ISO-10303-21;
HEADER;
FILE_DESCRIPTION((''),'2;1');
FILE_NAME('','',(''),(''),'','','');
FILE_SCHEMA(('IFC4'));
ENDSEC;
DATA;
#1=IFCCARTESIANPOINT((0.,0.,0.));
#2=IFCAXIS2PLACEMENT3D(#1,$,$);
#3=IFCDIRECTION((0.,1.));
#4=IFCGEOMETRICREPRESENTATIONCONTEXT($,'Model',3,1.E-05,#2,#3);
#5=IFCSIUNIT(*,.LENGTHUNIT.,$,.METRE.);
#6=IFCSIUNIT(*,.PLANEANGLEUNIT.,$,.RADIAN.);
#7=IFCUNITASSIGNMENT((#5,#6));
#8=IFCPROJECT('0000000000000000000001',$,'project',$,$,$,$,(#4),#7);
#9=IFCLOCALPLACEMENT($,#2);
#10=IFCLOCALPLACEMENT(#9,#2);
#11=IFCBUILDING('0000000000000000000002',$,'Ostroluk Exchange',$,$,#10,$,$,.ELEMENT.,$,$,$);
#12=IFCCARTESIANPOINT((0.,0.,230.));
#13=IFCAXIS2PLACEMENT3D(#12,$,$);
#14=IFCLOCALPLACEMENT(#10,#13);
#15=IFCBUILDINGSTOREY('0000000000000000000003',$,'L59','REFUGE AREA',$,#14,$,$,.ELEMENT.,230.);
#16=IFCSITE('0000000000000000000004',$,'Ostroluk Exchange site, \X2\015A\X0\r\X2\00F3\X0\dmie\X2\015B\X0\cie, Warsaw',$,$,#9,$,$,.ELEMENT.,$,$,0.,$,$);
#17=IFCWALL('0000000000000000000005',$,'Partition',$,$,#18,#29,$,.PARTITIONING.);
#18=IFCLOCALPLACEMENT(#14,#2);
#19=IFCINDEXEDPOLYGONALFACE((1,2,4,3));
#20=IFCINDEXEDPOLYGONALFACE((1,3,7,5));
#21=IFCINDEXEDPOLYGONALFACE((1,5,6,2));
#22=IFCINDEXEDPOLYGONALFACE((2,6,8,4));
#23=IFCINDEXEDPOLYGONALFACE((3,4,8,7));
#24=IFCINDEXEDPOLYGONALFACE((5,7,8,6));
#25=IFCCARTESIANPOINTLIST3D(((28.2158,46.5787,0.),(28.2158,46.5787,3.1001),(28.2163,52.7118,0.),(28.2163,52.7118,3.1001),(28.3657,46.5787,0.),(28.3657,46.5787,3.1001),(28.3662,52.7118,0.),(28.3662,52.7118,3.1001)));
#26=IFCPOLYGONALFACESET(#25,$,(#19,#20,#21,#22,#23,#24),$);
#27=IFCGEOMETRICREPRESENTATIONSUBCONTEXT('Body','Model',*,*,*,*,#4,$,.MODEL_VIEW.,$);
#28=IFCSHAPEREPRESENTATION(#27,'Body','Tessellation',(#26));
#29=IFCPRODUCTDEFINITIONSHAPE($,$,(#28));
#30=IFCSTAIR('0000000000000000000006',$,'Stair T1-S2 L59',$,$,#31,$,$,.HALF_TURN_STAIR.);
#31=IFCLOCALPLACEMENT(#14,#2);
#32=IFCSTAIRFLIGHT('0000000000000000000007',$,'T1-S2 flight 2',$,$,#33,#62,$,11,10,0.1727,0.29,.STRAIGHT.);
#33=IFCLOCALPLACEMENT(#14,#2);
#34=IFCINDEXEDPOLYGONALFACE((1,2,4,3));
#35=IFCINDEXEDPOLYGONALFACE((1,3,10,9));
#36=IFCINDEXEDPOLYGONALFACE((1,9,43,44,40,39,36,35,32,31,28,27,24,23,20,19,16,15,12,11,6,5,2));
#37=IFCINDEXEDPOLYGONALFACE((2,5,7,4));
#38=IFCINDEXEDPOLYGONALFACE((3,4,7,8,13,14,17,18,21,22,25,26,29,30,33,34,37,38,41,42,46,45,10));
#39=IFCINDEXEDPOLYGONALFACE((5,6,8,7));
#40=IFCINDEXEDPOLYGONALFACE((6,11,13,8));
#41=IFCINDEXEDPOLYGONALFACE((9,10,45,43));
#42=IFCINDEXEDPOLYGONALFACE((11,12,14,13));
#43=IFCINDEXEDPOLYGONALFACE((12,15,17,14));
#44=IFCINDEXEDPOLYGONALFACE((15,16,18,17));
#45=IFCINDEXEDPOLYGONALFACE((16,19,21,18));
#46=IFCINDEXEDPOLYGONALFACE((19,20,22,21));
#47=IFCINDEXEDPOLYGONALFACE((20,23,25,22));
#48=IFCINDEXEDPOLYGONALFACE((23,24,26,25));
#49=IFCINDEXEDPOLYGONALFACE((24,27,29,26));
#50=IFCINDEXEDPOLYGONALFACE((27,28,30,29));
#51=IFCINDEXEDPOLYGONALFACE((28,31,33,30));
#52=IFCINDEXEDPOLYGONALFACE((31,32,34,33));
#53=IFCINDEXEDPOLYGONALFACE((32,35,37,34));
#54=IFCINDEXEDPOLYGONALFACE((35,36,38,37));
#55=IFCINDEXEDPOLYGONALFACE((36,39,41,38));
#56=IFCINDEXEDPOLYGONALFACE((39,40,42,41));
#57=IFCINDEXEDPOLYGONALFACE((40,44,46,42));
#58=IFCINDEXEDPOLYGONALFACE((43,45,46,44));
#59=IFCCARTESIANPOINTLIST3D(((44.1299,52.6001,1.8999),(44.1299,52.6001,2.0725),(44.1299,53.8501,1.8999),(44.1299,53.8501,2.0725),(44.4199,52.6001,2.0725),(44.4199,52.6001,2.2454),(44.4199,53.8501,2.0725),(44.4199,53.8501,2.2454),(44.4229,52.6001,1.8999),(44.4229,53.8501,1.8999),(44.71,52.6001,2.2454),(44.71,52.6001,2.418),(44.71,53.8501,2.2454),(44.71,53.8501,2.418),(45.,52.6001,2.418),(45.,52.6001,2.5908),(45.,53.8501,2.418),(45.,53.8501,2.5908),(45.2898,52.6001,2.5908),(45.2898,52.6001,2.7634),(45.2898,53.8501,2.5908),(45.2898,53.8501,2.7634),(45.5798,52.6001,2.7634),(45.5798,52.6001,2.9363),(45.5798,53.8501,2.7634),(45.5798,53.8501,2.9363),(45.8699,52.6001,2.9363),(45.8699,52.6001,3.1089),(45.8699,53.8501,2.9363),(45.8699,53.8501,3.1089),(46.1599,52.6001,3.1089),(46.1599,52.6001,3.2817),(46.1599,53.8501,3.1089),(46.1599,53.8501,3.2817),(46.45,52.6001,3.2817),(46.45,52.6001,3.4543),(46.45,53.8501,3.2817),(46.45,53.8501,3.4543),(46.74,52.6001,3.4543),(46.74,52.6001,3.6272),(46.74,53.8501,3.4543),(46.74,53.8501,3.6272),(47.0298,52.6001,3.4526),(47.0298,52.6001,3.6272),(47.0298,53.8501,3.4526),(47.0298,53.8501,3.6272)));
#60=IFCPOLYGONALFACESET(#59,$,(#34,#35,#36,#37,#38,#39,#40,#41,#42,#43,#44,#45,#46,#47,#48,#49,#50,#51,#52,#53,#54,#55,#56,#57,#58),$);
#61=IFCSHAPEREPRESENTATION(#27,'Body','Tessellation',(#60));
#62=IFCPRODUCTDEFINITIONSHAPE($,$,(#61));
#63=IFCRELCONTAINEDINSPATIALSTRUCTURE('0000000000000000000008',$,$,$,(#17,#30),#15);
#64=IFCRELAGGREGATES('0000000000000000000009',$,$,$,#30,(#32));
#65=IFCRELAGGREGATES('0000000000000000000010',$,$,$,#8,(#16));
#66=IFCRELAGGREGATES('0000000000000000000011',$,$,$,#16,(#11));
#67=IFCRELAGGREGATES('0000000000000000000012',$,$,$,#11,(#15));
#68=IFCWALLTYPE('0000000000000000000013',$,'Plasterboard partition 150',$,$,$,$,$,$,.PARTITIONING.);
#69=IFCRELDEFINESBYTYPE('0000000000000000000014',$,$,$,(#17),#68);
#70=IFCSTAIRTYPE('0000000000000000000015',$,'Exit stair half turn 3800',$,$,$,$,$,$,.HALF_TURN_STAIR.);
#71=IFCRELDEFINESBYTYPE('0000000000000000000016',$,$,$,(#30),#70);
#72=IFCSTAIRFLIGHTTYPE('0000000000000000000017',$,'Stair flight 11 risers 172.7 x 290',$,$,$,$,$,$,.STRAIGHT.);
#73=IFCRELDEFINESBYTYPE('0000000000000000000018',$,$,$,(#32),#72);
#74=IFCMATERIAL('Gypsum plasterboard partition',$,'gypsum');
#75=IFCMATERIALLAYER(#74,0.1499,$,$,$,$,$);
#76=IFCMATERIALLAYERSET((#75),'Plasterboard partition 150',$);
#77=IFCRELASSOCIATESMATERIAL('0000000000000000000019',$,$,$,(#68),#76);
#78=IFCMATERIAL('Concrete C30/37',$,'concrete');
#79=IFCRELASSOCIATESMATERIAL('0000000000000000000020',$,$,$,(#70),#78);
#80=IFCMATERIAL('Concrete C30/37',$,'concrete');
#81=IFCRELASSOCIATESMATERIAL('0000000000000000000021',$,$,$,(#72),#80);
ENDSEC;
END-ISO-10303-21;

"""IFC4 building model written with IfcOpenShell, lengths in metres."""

from ifc_helpers import new_model, si_unit, direction, frame, frame_2d, origin, place, context, subcontext, project, spatial, polyline, rectangle, outline, extrude, material, layer, layer_set, type_object, element, aggregate, save


model = new_model("IFC4")

# Units and contexts
model_context = context("Model", 3, precision=1e-05, world=origin(), true_north=direction((0.0, 1.0)))
body_context = subcontext(model_context, "Body", "Model", "MODEL_VIEW")
ifc_project = project(units=[si_unit("LENGTHUNIT", "METRE"), si_unit("PLANEANGLEUNIT", "RADIAN")], contexts=[model_context])

# Site, building, storey
site_placement = place(None, origin())
site = spatial("IfcSite", under=ifc_project, at=site_placement, Name="Ostroluk Exchange site, Śródmieście, Warsaw", CompositionType="ELEMENT", RefElevation=0.0)
building_placement = place(site_placement, origin())
building = spatial("IfcBuilding", under=site, at=building_placement, Name="Ostroluk Exchange", CompositionType="ELEMENT")
storey_placement = place(building_placement, frame((0.0, 0.0, 230.0)))
storey = spatial("IfcBuildingStorey", under=building, at=storey_placement, Name="L59", Description="REFUGE AREA", CompositionType="ELEMENT", Elevation=230.0)

# Wall
ifc_material_1 = material(Name="Gypsum plasterboard partition", Category="gypsum")
ifc_layer_1 = layer(ifc_material_1, 0.1499)
ifc_layer_set_1 = layer_set([ifc_layer_1], Name="Plasterboard partition 150")
wall_type_1 = type_object("IfcWallType", Name="Plasterboard partition 150", PredefinedType="PARTITIONING", material=ifc_layer_set_1)
wall_1_placement = place(storey_placement, frame((28.2913, 52.7117, 0.0), z_axis=(0.0, 0.0, 1.0), x_axis=(-0.00008, -1.0, 0.0)))
element("IfcWall", 1, at=wall_1_placement, inside=storey, type_object=wall_type_1, Name="Partition", PredefinedType="PARTITIONING", context=body_context, shape_type="SweptSolid", body=[
    extrude(rectangle(XDim=6.1331, YDim=0.1499, at=frame_2d((3.0664, 0.0))), origin(), (0.0, 0.0, 1.0), 3.1001),
])

# Stair, stair flight
ifc_material_2 = material(Name="Concrete C30/37", Category="concrete")
stair_type = type_object("IfcStairType", Name="Exit stair half turn 3800", PredefinedType="HALF_TURN_STAIR", material=ifc_material_2)
stair_placement = place(storey_placement, origin())
stair = element("IfcStair", 2, at=stair_placement, inside=storey, type_object=stair_type, Name="Stair T1-S2 L59", PredefinedType="HALF_TURN_STAIR")
ifc_material_3 = material(Name="Concrete C30/37", Category="concrete")
stair_flight_type = type_object("IfcStairFlightType", Name="Stair flight 11 risers 172.7 x 290", PredefinedType="STRAIGHT", material=ifc_material_3)
stair_flight_placement = place(storey_placement, frame((44.1299, 53.2251, 1.8999), z_axis=(0.0, 0.0, 1.0), x_axis=(1.0, 0.0, 0.0)))
stair_flight = element("IfcStairFlight", 3, at=stair_flight_placement, type_object=stair_flight_type, Name="T1-S2 flight 2", NumberOfRisers=11, NumberOfTreads=10, PredefinedType="STRAIGHT", RiserHeight=0.1727, TreadLength=0.29, context=body_context, shape_type="SweptSolid", body=[
    extrude(outline(polyline([(0.0, 0.0), (0.0, 0.1726), (0.29, 0.1726), (0.29, 0.3455), (0.5801, 0.3455), (0.5801, 0.5181), (0.8701, 0.5181), (0.8701, 0.6909), (1.1599, 0.6909), (1.1599, 0.8635), (1.45, 0.8635), (1.45, 1.0364), (1.74, 1.0364), (1.74, 1.209), (2.03, 1.209), (2.03, 1.3818), (2.3201, 1.3818), (2.3201, 1.5544), (2.6101, 1.5544), (2.6101, 1.7273), (2.8999, 1.7273), (2.8999, 1.8999), (2.8999, 1.5527), (0.293, 0.0), (0.0, 0.0)])), frame((0.0, 0.625, 0.0), z_axis=(0.0, -1.0, 0.0), x_axis=(1.0, 0.0, 0.0)), (0.0, 0.0, 1.0), 1.25),
])
aggregate(stair, [stair_flight])

save(model, "model.ifc")
